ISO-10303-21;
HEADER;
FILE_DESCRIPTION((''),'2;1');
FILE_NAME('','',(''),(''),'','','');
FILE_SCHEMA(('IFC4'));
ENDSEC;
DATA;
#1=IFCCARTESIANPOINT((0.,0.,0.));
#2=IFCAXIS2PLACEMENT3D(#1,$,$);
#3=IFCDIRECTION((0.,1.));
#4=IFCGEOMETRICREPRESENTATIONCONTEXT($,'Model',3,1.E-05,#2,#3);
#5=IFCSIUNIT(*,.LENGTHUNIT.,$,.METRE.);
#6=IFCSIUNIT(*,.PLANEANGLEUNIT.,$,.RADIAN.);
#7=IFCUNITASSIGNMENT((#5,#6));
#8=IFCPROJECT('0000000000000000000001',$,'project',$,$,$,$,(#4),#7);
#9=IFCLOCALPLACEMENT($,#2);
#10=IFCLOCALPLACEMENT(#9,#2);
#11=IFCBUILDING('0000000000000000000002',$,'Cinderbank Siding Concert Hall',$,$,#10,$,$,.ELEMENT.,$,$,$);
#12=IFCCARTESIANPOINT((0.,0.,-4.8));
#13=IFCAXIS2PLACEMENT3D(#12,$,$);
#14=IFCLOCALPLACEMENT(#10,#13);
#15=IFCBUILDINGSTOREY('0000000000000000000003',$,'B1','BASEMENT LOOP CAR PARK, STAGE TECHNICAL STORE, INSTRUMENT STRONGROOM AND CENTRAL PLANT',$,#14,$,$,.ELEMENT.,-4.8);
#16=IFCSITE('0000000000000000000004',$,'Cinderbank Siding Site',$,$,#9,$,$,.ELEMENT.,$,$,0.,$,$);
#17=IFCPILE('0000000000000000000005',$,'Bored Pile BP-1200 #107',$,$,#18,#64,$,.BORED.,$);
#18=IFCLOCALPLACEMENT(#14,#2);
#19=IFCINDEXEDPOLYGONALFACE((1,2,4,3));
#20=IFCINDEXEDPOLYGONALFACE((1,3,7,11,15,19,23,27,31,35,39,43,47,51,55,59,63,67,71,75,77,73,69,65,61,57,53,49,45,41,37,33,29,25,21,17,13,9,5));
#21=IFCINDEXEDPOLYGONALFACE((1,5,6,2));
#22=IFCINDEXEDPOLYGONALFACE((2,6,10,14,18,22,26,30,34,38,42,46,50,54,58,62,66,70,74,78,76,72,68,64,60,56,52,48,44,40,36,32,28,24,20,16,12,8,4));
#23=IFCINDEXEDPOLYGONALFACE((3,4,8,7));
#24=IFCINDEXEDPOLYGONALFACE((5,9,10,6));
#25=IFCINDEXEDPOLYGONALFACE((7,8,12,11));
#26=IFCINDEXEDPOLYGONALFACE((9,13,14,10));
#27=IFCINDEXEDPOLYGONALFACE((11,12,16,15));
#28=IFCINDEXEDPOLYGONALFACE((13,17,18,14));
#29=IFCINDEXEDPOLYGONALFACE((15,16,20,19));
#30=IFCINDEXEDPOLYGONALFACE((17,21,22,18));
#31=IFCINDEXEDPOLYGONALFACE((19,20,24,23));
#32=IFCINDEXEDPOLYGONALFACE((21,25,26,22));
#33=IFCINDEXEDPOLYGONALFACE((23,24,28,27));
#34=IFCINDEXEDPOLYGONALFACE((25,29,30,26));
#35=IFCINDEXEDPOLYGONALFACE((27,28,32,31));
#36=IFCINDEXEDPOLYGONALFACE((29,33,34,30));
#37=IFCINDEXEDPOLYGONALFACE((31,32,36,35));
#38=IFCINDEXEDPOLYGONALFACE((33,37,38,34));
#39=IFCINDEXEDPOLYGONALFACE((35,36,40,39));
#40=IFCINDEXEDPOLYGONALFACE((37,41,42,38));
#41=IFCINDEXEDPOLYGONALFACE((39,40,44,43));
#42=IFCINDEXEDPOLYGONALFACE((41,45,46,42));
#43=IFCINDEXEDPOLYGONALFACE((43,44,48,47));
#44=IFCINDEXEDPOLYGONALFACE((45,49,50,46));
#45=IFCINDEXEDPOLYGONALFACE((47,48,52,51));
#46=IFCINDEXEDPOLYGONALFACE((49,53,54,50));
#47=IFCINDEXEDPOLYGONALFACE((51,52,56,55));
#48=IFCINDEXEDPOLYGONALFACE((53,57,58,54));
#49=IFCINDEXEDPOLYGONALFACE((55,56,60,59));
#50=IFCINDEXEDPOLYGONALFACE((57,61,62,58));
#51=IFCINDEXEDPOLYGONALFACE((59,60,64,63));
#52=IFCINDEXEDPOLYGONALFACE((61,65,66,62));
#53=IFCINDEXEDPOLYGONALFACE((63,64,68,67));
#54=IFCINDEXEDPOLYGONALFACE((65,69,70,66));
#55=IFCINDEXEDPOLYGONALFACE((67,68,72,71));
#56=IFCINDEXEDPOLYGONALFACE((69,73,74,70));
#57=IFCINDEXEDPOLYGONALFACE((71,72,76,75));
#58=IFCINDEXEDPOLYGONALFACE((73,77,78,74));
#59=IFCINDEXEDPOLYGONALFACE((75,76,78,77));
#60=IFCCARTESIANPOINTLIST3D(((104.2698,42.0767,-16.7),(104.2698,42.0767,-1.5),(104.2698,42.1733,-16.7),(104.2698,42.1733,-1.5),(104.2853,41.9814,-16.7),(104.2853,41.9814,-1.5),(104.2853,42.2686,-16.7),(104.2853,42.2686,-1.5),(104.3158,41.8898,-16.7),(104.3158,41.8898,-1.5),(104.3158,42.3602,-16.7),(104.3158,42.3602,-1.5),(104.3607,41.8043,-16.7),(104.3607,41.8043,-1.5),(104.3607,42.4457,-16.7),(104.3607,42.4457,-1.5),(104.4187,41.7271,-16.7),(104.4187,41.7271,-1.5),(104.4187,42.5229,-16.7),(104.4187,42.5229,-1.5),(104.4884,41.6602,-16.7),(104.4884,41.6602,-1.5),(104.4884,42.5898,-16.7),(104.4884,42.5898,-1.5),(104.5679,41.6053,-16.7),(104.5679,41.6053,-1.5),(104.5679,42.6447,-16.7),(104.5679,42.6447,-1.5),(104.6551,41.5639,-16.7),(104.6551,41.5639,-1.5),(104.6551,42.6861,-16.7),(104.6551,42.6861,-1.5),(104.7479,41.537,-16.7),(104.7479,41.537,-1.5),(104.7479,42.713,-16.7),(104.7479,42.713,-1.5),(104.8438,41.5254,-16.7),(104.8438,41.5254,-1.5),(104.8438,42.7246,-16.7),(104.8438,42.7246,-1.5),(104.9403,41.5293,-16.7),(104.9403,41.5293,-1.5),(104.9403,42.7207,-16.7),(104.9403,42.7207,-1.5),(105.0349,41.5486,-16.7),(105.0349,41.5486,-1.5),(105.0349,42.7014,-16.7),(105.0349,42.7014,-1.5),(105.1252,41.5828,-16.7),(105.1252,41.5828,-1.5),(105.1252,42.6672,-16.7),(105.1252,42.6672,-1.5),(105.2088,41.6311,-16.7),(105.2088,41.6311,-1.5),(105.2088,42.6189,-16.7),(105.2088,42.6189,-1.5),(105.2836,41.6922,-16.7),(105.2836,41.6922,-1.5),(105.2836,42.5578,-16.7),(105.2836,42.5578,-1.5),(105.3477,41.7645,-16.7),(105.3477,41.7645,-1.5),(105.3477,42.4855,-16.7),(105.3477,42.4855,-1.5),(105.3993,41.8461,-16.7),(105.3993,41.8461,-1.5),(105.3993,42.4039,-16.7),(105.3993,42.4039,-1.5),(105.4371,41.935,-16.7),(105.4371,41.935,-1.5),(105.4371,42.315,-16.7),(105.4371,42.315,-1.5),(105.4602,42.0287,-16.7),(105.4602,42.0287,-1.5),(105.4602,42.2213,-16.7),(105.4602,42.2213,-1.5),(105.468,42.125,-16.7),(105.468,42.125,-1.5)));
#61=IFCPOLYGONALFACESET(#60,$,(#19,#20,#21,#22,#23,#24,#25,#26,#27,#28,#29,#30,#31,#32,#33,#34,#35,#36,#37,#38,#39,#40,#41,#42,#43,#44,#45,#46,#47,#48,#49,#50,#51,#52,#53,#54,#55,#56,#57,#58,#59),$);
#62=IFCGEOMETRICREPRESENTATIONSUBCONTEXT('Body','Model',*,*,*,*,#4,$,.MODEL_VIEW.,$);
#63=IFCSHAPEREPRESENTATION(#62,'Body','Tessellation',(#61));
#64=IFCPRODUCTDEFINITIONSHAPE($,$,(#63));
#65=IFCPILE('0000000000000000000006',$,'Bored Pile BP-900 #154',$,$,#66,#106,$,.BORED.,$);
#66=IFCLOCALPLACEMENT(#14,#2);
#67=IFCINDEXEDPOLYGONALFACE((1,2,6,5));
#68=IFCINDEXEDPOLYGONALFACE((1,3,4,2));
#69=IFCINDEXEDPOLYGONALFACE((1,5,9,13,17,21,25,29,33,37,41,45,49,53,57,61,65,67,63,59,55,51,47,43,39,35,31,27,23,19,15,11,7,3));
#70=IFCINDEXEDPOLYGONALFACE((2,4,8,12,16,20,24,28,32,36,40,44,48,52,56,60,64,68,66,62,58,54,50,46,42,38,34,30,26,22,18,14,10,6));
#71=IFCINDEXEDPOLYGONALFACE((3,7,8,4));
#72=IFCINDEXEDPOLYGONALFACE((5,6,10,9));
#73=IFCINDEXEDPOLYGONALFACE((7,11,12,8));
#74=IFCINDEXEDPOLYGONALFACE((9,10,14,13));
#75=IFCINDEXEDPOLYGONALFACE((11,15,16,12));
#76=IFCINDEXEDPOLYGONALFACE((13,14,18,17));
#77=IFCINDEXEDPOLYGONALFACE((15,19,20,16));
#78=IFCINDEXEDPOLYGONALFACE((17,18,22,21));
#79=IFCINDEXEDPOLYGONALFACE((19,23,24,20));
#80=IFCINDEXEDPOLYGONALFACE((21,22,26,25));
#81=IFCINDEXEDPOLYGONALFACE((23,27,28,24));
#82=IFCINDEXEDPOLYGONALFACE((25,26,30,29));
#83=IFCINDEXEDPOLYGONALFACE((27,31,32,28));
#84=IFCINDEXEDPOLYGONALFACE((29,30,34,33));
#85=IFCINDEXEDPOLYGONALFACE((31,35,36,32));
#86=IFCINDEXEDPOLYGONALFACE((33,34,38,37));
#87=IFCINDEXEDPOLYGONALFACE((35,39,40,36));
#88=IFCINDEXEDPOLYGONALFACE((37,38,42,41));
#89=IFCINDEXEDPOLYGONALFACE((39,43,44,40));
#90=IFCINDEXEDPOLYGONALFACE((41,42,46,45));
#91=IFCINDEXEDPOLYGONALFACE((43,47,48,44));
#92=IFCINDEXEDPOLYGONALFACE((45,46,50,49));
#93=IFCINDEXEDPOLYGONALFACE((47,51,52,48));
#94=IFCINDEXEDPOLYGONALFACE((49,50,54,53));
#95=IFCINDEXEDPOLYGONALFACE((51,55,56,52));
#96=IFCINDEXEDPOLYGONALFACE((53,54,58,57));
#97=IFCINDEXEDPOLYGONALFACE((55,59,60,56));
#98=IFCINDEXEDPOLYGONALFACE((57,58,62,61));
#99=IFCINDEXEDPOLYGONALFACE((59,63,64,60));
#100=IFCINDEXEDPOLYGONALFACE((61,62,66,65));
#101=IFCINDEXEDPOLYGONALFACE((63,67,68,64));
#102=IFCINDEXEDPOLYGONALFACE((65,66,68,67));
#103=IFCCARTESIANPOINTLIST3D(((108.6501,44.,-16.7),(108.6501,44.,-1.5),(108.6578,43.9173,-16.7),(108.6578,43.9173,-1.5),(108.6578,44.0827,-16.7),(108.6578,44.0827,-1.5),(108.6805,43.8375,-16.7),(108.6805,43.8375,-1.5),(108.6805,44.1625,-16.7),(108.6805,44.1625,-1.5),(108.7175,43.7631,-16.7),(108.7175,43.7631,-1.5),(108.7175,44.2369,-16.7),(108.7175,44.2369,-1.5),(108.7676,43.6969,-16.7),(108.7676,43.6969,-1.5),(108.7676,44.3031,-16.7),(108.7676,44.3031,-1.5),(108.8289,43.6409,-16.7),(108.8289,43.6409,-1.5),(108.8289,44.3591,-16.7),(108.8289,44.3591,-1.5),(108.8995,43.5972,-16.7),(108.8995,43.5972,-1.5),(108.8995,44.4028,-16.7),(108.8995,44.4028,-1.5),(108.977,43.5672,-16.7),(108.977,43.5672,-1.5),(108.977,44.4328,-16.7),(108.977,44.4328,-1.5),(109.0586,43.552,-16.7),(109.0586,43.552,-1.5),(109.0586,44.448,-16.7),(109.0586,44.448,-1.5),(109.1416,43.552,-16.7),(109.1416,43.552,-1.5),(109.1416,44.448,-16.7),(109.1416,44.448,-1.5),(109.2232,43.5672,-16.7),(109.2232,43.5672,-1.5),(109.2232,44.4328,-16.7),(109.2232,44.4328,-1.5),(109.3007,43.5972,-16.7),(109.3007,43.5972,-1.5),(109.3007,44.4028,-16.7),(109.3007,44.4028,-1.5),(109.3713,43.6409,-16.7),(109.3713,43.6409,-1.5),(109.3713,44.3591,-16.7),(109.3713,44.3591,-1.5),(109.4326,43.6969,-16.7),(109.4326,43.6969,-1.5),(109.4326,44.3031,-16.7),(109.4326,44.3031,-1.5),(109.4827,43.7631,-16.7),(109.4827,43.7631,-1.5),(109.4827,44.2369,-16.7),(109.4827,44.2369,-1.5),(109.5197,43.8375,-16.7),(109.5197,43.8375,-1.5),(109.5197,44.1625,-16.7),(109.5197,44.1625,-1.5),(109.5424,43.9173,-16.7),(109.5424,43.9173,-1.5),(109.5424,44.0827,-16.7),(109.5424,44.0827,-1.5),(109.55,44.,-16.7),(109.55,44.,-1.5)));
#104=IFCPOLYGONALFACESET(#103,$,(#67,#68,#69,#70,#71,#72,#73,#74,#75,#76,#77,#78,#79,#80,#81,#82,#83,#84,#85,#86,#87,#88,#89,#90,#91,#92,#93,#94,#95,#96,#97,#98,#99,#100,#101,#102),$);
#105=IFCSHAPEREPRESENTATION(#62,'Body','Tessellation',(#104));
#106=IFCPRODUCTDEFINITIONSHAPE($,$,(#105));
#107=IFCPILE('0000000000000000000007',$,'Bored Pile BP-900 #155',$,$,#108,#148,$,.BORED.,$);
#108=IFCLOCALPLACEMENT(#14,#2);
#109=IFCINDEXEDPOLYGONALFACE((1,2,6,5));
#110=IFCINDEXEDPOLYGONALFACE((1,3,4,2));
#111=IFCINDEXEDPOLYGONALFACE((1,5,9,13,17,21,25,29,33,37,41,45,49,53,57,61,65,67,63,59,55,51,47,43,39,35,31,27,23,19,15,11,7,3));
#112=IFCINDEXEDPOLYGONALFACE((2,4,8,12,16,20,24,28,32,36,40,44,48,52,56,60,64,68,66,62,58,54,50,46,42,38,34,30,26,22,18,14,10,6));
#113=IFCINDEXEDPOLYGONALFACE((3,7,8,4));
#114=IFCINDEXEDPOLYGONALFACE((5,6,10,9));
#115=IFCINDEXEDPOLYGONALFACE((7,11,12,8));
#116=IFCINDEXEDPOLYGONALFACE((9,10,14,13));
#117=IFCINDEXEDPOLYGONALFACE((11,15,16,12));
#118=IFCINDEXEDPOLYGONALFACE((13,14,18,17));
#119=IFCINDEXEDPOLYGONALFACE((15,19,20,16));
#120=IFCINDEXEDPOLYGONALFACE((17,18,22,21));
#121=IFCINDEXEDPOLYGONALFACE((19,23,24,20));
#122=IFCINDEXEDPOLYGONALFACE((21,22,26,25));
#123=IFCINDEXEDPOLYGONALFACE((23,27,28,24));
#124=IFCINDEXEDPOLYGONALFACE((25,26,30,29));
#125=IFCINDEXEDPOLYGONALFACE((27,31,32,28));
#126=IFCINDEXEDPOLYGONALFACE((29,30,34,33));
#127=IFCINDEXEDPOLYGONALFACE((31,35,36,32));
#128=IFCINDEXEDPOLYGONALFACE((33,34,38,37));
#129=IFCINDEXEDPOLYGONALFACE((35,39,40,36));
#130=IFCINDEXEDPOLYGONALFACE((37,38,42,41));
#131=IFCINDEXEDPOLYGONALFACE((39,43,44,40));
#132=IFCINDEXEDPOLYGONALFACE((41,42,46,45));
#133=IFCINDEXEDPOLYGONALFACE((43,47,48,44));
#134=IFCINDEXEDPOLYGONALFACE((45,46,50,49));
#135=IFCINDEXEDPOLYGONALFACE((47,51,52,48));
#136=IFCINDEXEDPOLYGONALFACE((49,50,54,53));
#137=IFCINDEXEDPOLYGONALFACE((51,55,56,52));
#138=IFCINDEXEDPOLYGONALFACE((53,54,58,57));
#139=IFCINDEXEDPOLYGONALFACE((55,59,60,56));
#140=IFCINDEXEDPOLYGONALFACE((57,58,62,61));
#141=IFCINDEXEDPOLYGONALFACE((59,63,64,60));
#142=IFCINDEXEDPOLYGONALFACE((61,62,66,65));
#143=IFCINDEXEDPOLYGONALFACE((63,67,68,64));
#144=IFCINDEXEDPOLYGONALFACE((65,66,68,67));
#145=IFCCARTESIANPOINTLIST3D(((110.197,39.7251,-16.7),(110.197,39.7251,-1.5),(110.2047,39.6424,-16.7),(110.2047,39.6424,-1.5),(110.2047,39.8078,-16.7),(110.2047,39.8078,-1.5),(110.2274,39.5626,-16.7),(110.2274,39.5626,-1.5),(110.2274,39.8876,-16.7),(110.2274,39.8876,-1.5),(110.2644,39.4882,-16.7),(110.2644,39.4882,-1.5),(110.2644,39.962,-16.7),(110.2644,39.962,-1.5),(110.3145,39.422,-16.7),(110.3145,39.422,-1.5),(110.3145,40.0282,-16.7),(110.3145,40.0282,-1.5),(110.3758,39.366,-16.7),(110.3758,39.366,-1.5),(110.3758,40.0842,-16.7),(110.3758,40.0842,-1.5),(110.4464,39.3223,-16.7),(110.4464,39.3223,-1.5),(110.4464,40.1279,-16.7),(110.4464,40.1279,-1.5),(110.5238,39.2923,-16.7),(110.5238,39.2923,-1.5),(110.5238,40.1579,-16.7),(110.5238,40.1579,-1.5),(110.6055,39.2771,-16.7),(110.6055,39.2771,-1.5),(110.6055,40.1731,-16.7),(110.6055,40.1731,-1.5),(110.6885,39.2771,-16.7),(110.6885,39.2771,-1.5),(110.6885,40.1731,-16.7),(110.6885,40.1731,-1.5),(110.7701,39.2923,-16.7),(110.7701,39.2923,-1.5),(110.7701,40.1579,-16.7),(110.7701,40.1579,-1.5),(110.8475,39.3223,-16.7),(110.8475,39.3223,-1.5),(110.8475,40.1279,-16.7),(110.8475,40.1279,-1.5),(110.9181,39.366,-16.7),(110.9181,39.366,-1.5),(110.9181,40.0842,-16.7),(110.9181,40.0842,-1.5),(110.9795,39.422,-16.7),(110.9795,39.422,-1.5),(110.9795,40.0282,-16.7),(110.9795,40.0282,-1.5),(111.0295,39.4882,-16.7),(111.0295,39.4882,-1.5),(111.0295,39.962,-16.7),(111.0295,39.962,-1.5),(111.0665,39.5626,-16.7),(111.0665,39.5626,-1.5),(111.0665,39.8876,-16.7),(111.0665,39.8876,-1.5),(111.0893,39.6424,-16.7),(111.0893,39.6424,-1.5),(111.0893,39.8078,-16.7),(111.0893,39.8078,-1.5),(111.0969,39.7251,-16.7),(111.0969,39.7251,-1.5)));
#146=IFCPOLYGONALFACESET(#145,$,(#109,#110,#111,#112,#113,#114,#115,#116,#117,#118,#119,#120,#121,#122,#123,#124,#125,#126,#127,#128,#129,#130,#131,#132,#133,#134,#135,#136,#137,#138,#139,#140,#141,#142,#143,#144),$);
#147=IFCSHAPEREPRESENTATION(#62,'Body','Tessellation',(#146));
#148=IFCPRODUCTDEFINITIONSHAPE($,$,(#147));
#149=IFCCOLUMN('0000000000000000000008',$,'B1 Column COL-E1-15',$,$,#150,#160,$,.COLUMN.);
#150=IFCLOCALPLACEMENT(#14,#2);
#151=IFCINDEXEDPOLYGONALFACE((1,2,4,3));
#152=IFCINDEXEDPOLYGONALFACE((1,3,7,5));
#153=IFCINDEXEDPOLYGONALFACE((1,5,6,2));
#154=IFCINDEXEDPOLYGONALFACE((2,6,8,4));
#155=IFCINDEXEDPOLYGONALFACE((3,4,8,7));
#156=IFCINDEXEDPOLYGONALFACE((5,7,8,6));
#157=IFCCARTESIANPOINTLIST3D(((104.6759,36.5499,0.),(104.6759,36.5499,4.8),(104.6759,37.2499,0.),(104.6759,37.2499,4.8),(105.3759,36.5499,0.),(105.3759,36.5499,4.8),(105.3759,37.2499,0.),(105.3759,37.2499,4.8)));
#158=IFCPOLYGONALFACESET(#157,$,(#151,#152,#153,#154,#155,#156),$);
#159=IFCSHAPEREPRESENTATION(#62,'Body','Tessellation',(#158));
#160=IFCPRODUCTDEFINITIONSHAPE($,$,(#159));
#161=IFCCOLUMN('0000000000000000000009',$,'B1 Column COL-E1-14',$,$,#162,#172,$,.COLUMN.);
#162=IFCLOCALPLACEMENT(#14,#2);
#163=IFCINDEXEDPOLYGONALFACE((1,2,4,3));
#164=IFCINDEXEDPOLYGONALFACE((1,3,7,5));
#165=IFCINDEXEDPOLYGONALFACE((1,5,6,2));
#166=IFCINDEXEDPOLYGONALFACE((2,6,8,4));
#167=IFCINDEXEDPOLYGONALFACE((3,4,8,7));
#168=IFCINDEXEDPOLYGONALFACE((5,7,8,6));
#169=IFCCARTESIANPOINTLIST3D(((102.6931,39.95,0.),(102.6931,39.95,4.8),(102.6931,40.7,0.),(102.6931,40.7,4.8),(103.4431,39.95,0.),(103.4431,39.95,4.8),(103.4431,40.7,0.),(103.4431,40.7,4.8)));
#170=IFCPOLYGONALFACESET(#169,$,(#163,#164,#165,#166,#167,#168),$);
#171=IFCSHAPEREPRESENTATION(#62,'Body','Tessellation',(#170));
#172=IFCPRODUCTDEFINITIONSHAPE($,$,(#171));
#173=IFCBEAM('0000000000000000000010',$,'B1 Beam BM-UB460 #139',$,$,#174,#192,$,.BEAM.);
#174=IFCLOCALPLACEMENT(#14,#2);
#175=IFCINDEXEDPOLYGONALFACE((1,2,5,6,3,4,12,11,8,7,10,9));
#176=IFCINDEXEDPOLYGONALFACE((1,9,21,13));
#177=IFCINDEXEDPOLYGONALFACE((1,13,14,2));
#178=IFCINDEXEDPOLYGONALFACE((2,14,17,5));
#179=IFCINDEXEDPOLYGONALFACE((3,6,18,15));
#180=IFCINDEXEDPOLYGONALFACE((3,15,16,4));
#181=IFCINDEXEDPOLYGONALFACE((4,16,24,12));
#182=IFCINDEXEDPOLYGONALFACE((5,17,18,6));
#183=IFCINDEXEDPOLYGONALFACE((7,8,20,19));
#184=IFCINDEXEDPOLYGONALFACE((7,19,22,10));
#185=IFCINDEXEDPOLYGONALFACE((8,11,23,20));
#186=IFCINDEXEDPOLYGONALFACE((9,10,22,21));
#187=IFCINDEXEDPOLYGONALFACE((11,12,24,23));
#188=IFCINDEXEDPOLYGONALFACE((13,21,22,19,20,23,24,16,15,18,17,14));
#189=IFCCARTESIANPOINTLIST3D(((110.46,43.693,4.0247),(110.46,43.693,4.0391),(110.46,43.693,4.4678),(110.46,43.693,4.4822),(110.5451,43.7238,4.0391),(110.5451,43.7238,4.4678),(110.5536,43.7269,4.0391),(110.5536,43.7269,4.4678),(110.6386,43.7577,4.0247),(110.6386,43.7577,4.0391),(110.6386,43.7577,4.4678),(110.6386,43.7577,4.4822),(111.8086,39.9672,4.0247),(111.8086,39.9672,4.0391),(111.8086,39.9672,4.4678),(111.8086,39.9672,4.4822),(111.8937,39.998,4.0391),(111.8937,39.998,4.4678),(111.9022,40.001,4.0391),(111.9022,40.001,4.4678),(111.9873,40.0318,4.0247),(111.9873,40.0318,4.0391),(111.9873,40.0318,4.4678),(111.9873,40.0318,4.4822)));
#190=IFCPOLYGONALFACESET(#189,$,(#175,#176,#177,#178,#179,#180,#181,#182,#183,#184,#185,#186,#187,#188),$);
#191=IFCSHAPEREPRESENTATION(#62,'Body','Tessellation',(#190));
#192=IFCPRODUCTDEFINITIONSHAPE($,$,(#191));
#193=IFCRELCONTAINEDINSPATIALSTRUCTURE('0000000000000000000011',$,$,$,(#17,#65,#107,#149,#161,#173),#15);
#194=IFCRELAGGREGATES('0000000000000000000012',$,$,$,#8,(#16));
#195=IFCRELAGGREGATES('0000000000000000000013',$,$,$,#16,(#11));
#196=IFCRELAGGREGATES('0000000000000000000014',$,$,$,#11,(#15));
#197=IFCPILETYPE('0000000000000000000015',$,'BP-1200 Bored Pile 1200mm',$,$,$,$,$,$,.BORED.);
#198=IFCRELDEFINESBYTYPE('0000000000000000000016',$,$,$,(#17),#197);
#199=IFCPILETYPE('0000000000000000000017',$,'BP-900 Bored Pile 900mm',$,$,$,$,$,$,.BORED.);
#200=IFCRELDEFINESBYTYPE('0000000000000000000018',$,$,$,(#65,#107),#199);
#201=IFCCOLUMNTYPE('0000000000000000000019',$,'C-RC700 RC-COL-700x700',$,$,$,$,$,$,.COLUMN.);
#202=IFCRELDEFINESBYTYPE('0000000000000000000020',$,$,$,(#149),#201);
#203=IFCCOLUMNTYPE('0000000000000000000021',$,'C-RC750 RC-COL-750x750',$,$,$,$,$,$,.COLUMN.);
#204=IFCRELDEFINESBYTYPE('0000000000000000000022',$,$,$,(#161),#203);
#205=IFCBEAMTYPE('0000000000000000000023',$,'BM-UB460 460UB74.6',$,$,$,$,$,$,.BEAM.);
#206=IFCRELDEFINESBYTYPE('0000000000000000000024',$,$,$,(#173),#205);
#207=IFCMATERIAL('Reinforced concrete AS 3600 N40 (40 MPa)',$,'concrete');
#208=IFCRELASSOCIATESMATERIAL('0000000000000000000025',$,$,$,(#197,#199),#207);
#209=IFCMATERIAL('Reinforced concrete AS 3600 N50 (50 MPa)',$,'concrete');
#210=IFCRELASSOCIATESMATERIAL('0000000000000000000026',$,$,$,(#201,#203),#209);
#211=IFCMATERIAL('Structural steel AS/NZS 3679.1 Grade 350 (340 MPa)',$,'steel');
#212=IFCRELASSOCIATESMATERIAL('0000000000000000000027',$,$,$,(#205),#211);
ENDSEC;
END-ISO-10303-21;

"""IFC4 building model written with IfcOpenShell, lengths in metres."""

from ifc_helpers import new_model, si_unit, direction, frame, origin, origin_2d, place, context, subcontext, project, spatial, rectangle, circle, i_section, extrude, material, material_profile, profile_set, type_object, element, save


model = new_model("IFC4")

# Units and contexts
model_context = context("Model", 3, precision=1e-05, world=origin(), true_north=direction((0.0, 1.0)))
body_context = subcontext(model_context, "Body", "Model", "MODEL_VIEW")
ifc_project = project(units=[si_unit("LENGTHUNIT", "METRE"), si_unit("PLANEANGLEUNIT", "RADIAN")], contexts=[model_context])

# Site, building, storey
site_placement = place(None, origin())
site = spatial("IfcSite", under=ifc_project, at=site_placement, Name="Cinderbank Siding Site", CompositionType="ELEMENT", RefElevation=0.0)
building_placement = place(site_placement, origin())
building = spatial("IfcBuilding", under=site, at=building_placement, Name="Cinderbank Siding Concert Hall", CompositionType="ELEMENT")
storey_placement = place(building_placement, frame((0.0, 0.0, -4.8)))
storey = spatial("IfcBuildingStorey", under=building, at=storey_placement, Name="B1", Description="BASEMENT LOOP CAR PARK, STAGE TECHNICAL STORE, INSTRUMENT STRONGROOM AND CENTRAL PLANT", CompositionType="ELEMENT", Elevation=-4.8)

# Piles
ifc_material_1 = material(Name="Reinforced concrete AS 3600 N40 (40 MPa)", Category="concrete")
ifc_material_profile_1 = material_profile(ifc_material_1, circle(Radius=0.6001, at=origin_2d()), Name="PILE-1200DIA", Category="LoadBearing")
ifc_profile_set_1 = profile_set([ifc_material_profile_1], Name="Reinforced concrete AS 3600 N40 (40 MPa)")
pile_type_1 = type_object("IfcPileType", Name="BP-1200 Bored Pile 1200mm", PredefinedType="BORED", material=ifc_profile_set_1)
for number, where, z_axis, x_axis, name in (
    (1, (104.8679, 42.125, -1.5), (0.0, 0.0, -1.0), (1.0, 0.0, 0.0), "Bored Pile BP-1200 #107"),
):
    element("IfcPile", number, at=place(storey_placement, frame(where, z_axis=z_axis, x_axis=x_axis)), inside=storey, type_object=pile_type_1, Name=name, PredefinedType="BORED", context=body_context, shape_type="SweptSolid", body=[
        extrude(circle(Radius=0.6001, at=origin_2d()), origin(), (0.0, 0.0, 1.0), 15.2),
    ])
ifc_material_profile_2 = material_profile(ifc_material_1, circle(Radius=0.45, at=origin_2d()), Name="PILE-900DIA", Category="LoadBearing")
ifc_profile_set_2 = profile_set([ifc_material_profile_2], Name="Reinforced concrete AS 3600 N40 (40 MPa)")
pile_type_2 = type_object("IfcPileType", Name="BP-900 Bored Pile 900mm", PredefinedType="BORED", material=ifc_profile_set_2)
for number, where, z_axis, x_axis, name in (
    (2, (109.1001, 44.0, -1.5), (0.0, 0.0, -1.0), (1.0, 0.0, 0.0), "Bored Pile BP-900 #154"),
    (3, (110.647, 39.7251, -1.5), (0.0, 0.0, -1.0), (1.0, 0.0, 0.0), "Bored Pile BP-900 #155"),
):
    element("IfcPile", number, at=place(storey_placement, frame(where, z_axis=z_axis, x_axis=x_axis)), inside=storey, type_object=pile_type_2, Name=name, PredefinedType="BORED", context=body_context, shape_type="SweptSolid", body=[
        extrude(circle(Radius=0.45, at=origin_2d()), origin(), (0.0, 0.0, 1.0), 15.2),
    ])

# Columns
ifc_material_2 = material(Name="Reinforced concrete AS 3600 N50 (50 MPa)", Category="concrete")
ifc_material_profile_3 = material_profile(ifc_material_2, rectangle(XDim=0.7, YDim=0.7, at=origin_2d()), Name="RC-COL-700x700", Category="LoadBearing")
ifc_profile_set_3 = profile_set([ifc_material_profile_3], Name="Reinforced concrete AS 3600 N50 (50 MPa)")
column_type_1 = type_object("IfcColumnType", Name="C-RC700 RC-COL-700x700", PredefinedType="COLUMN", material=ifc_profile_set_3)
column_1_placement = place(storey_placement, frame((105.0259, 36.8999, 0.0), z_axis=(0.0, 0.0, 1.0), x_axis=(1.0, 0.0, 0.0)))
element("IfcColumn", 4, at=column_1_placement, inside=storey, type_object=column_type_1, Name="B1 Column COL-E1-15", PredefinedType="COLUMN", context=body_context, shape_type="SweptSolid", body=[
    extrude(rectangle(XDim=0.7, YDim=0.7, at=origin_2d()), origin(), (0.0, 0.0, 1.0), 4.8),
])
ifc_material_profile_4 = material_profile(ifc_material_2, rectangle(XDim=0.75, YDim=0.75, at=origin_2d()), Name="RC-COL-750x750", Category="LoadBearing")
ifc_profile_set_4 = profile_set([ifc_material_profile_4], Name="Reinforced concrete AS 3600 N50 (50 MPa)")
column_type_2 = type_object("IfcColumnType", Name="C-RC750 RC-COL-750x750", PredefinedType="COLUMN", material=ifc_profile_set_4)
column_2_placement = place(storey_placement, frame((103.0681, 40.325, 0.0), z_axis=(0.0, 0.0, 1.0), x_axis=(1.0, 0.0, 0.0)))
element("IfcColumn", 5, at=column_2_placement, inside=storey, type_object=column_type_2, Name="B1 Column COL-E1-14", PredefinedType="COLUMN", context=body_context, shape_type="SweptSolid", body=[
    extrude(rectangle(XDim=0.75, YDim=0.75, at=origin_2d()), origin(), (0.0, 0.0, 1.0), 4.8),
])

# Beam
ifc_material_3 = material(Name="Structural steel AS/NZS 3679.1 Grade 350 (340 MPa)", Category="steel")
ifc_material_profile_5 = material_profile(ifc_material_3, i_section(OverallWidth=0.1899, OverallDepth=0.4575, WebThickness=0.009, FlangeThickness=0.0144, at=origin_2d()), Name="460UB74.6", Category="LoadBearing")
ifc_profile_set_5 = profile_set([ifc_material_profile_5], Name="Structural steel AS/NZS 3679.1 Grade 350 (340 MPa)")
beam_type_1 = type_object("IfcBeamType", Name="BM-UB460 460UB74.6", PredefinedType="BEAM", material=ifc_profile_set_5)
beam_1_placement = place(storey_placement, frame((110.5493, 43.7253, 4.2534), z_axis=(0.340357, -0.940296, 0.0), x_axis=(0.940296, 0.340357, 0.0)))
element("IfcBeam", 6, at=beam_1_placement, inside=storey, type_object=beam_type_1, Name="B1 Beam BM-UB460 #139", PredefinedType="BEAM", context=body_context, shape_type="SweptSolid", body=[
    extrude(i_section(OverallWidth=0.1899, OverallDepth=0.4575, WebThickness=0.009, FlangeThickness=0.0144, at=origin_2d()), origin(), (0.0, 0.0, 1.0), 3.9624),
])

save(model, "model.ifc")
